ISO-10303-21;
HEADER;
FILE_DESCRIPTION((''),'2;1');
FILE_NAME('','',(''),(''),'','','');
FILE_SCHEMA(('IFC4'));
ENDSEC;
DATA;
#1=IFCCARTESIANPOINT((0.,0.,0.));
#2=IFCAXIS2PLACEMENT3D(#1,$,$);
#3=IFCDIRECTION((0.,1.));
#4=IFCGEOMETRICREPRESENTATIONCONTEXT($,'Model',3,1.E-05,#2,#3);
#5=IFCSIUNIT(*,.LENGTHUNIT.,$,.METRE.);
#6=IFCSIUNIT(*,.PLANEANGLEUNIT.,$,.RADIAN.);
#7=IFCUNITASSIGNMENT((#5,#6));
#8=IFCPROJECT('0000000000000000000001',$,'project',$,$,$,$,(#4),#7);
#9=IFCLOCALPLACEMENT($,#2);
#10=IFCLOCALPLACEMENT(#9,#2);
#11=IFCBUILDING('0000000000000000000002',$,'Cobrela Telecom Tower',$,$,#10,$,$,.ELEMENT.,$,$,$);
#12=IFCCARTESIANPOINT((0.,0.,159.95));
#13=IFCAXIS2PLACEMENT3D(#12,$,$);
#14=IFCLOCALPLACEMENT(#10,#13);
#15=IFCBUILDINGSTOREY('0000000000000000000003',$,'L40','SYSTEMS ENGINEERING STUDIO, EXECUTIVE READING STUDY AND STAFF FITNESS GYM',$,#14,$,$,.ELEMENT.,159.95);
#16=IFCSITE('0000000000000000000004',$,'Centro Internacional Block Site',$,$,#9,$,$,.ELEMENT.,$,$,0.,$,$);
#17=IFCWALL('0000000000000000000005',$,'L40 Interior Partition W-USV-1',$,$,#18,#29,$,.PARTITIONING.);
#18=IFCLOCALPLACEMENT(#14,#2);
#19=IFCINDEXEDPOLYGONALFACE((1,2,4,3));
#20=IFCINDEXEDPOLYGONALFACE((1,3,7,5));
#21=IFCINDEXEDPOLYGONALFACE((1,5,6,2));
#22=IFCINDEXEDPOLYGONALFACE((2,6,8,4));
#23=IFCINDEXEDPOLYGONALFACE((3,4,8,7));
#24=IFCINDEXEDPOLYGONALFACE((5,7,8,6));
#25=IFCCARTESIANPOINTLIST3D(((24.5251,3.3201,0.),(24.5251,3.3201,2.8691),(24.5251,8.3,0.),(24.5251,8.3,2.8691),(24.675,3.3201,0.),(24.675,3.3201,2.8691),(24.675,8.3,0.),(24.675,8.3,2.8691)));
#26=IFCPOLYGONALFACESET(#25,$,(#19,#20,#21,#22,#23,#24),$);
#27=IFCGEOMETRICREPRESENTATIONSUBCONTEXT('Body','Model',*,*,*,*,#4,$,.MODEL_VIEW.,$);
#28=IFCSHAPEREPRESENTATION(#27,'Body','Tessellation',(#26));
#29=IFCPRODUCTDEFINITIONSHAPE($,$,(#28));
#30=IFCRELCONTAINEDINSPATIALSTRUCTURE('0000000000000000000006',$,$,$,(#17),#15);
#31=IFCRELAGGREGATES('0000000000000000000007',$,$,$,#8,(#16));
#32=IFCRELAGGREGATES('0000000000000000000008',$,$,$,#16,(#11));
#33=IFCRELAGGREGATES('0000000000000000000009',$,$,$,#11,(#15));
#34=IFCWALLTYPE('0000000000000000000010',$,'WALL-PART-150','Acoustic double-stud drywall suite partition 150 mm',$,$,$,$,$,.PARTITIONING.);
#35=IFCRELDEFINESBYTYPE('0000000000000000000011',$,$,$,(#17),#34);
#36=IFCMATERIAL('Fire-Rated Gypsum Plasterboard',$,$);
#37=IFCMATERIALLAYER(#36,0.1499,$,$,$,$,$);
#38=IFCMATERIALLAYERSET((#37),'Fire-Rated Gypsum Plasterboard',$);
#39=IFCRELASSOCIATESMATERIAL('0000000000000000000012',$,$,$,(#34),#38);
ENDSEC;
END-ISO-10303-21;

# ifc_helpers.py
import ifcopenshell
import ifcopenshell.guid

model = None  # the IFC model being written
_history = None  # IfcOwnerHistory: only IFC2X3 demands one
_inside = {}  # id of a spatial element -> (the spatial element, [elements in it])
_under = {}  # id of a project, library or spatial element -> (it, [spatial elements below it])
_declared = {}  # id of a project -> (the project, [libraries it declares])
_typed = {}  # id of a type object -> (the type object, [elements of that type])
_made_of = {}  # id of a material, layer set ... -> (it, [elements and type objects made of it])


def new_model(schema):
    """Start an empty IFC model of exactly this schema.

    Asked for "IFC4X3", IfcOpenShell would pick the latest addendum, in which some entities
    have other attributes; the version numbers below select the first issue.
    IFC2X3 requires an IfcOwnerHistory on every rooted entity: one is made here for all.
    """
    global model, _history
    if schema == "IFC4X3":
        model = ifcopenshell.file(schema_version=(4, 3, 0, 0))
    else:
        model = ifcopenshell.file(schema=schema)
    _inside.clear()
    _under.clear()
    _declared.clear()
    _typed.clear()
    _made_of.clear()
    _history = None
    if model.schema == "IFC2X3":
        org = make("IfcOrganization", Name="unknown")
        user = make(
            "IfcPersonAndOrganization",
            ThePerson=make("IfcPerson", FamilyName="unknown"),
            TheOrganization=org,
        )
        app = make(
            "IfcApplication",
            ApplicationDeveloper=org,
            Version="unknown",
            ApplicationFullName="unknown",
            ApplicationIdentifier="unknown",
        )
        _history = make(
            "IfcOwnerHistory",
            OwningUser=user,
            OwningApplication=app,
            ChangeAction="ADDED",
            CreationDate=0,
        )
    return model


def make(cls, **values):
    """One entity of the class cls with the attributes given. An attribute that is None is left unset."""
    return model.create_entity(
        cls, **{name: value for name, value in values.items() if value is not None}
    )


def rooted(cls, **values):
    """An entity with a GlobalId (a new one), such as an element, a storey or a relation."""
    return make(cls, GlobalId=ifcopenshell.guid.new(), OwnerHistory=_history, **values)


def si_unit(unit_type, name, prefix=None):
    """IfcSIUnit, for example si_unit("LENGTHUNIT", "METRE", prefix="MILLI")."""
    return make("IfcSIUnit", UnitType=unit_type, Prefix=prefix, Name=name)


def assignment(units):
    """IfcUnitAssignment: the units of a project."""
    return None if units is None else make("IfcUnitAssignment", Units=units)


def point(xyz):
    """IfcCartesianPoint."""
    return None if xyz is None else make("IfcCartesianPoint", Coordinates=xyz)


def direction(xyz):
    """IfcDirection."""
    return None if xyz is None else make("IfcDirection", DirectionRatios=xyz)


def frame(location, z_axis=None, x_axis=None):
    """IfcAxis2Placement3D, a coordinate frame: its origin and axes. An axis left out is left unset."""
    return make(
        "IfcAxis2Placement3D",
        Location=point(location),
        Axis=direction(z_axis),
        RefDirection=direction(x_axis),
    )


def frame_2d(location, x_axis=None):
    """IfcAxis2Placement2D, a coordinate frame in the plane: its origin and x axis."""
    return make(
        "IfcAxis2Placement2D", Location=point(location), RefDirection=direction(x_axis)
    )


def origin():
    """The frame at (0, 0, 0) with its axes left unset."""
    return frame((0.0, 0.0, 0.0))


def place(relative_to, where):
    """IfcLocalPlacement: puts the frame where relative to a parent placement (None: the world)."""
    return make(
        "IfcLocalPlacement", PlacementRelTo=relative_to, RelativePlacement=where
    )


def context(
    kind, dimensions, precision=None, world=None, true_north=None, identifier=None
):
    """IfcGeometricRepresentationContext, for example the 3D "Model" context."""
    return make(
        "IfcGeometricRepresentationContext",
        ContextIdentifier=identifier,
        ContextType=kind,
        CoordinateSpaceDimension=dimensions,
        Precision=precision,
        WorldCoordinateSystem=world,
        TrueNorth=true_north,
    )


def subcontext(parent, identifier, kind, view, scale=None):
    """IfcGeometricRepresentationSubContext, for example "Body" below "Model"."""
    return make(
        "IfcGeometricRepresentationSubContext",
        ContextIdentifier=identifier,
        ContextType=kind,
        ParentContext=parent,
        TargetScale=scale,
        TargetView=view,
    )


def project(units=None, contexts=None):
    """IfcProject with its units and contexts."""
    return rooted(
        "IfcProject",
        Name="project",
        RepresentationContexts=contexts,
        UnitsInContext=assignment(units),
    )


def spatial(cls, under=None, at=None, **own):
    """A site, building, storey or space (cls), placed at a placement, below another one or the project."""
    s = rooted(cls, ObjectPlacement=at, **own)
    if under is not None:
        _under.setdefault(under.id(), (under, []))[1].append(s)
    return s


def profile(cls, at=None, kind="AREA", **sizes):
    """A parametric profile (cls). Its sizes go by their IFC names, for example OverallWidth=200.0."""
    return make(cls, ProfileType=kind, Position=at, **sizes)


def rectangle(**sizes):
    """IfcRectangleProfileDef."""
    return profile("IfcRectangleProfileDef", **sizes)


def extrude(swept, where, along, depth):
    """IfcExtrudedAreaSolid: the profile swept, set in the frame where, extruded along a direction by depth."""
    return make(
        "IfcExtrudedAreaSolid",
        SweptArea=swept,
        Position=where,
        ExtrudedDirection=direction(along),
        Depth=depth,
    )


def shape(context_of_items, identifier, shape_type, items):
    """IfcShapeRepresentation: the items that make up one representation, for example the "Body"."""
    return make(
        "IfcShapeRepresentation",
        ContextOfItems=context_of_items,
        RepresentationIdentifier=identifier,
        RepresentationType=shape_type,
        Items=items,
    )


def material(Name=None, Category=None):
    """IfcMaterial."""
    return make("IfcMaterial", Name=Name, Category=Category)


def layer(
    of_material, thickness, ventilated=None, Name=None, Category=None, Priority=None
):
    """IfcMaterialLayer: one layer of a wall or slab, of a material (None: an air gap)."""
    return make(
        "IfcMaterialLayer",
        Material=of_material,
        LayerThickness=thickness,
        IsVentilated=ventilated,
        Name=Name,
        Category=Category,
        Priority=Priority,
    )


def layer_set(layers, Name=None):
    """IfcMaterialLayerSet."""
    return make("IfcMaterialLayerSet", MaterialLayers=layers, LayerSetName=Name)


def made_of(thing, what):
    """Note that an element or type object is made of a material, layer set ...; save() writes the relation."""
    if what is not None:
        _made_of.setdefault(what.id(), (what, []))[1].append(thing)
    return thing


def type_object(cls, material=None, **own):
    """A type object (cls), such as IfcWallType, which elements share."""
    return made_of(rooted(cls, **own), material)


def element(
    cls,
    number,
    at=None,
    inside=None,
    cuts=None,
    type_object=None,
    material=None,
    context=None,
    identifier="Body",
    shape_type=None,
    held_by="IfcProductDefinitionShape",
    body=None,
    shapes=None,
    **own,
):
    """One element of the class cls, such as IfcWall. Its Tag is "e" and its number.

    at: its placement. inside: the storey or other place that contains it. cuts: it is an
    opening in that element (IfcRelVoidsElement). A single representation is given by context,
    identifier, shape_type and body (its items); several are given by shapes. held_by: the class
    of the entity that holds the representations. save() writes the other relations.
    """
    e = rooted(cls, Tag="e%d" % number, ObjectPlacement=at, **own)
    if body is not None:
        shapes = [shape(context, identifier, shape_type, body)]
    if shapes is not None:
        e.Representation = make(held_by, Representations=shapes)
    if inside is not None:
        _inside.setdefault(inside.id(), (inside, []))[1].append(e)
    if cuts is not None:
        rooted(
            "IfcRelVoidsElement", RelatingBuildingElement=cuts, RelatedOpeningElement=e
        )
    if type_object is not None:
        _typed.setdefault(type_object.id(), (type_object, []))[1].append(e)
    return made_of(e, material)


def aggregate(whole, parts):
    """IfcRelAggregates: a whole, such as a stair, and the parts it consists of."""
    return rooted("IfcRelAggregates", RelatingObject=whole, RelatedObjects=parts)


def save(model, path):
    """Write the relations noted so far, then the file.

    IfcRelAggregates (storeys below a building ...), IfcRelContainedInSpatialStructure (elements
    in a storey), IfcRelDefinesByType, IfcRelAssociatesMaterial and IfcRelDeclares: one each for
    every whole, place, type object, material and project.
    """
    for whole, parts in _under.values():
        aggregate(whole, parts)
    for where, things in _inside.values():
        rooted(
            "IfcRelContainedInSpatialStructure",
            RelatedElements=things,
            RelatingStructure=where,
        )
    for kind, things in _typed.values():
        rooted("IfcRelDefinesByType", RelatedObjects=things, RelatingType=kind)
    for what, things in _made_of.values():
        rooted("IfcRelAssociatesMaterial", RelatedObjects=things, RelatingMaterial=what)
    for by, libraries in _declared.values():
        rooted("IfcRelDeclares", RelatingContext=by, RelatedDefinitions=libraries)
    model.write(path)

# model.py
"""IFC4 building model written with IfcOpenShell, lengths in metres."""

from ifc_helpers import new_model, si_unit, direction, frame, frame_2d, origin, place, context, subcontext, project, spatial, rectangle, extrude, material, layer, layer_set, type_object, element, save


model = new_model("IFC4")

# Units and contexts
model_context = context("Model", 3, precision=1e-05, world=origin(), true_north=direction((0.0, 1.0)))
body_context = subcontext(model_context, "Body", "Model", "MODEL_VIEW")
ifc_project = project(units=[si_unit("LENGTHUNIT", "METRE"), si_unit("PLANEANGLEUNIT", "RADIAN")], contexts=[model_context])

# Site, building, storey
site_placement = place(None, origin())
site = spatial("IfcSite", under=ifc_project, at=site_placement, Name="Centro Internacional Block Site", CompositionType="ELEMENT", RefElevation=0.0)
building_placement = place(site_placement, origin())
building = spatial("IfcBuilding", under=site, at=building_placement, Name="Cobrela Telecom Tower", CompositionType="ELEMENT")
storey_placement = place(building_placement, frame((0.0, 0.0, 159.95)))
storey = spatial("IfcBuildingStorey", under=building, at=storey_placement, Name="L40", Description="SYSTEMS ENGINEERING STUDIO, EXECUTIVE READING STUDY AND STAFF FITNESS GYM", CompositionType="ELEMENT", Elevation=159.95)

# Wall
ifc_material_1 = material(Name="Fire-Rated Gypsum Plasterboard")
ifc_layer_1 = layer(ifc_material_1, 0.1499)
ifc_layer_set_1 = layer_set([ifc_layer_1], Name="Fire-Rated Gypsum Plasterboard")
wall_type_1 = type_object("IfcWallType", Name="WALL-PART-150", Description="Acoustic double-stud drywall suite partition 150 mm", PredefinedType="PARTITIONING", material=ifc_layer_set_1)
wall_1_placement = place(storey_placement, frame((24.6001, 3.3201, 0.0), z_axis=(0.0, 0.0, 1.0), x_axis=(0.0, 1.0, 0.0)))
element("IfcWall", 1, at=wall_1_placement, inside=storey, type_object=wall_type_1, Name="L40 Interior Partition W-USV-1", PredefinedType="PARTITIONING", context=body_context, shape_type="SweptSolid", body=[
    extrude(rectangle(XDim=4.98, YDim=0.1499, at=frame_2d((2.49, 0.0))), origin(), (0.0, 0.0, 1.0), 2.8691),
])

save(model, "model.ifc")
